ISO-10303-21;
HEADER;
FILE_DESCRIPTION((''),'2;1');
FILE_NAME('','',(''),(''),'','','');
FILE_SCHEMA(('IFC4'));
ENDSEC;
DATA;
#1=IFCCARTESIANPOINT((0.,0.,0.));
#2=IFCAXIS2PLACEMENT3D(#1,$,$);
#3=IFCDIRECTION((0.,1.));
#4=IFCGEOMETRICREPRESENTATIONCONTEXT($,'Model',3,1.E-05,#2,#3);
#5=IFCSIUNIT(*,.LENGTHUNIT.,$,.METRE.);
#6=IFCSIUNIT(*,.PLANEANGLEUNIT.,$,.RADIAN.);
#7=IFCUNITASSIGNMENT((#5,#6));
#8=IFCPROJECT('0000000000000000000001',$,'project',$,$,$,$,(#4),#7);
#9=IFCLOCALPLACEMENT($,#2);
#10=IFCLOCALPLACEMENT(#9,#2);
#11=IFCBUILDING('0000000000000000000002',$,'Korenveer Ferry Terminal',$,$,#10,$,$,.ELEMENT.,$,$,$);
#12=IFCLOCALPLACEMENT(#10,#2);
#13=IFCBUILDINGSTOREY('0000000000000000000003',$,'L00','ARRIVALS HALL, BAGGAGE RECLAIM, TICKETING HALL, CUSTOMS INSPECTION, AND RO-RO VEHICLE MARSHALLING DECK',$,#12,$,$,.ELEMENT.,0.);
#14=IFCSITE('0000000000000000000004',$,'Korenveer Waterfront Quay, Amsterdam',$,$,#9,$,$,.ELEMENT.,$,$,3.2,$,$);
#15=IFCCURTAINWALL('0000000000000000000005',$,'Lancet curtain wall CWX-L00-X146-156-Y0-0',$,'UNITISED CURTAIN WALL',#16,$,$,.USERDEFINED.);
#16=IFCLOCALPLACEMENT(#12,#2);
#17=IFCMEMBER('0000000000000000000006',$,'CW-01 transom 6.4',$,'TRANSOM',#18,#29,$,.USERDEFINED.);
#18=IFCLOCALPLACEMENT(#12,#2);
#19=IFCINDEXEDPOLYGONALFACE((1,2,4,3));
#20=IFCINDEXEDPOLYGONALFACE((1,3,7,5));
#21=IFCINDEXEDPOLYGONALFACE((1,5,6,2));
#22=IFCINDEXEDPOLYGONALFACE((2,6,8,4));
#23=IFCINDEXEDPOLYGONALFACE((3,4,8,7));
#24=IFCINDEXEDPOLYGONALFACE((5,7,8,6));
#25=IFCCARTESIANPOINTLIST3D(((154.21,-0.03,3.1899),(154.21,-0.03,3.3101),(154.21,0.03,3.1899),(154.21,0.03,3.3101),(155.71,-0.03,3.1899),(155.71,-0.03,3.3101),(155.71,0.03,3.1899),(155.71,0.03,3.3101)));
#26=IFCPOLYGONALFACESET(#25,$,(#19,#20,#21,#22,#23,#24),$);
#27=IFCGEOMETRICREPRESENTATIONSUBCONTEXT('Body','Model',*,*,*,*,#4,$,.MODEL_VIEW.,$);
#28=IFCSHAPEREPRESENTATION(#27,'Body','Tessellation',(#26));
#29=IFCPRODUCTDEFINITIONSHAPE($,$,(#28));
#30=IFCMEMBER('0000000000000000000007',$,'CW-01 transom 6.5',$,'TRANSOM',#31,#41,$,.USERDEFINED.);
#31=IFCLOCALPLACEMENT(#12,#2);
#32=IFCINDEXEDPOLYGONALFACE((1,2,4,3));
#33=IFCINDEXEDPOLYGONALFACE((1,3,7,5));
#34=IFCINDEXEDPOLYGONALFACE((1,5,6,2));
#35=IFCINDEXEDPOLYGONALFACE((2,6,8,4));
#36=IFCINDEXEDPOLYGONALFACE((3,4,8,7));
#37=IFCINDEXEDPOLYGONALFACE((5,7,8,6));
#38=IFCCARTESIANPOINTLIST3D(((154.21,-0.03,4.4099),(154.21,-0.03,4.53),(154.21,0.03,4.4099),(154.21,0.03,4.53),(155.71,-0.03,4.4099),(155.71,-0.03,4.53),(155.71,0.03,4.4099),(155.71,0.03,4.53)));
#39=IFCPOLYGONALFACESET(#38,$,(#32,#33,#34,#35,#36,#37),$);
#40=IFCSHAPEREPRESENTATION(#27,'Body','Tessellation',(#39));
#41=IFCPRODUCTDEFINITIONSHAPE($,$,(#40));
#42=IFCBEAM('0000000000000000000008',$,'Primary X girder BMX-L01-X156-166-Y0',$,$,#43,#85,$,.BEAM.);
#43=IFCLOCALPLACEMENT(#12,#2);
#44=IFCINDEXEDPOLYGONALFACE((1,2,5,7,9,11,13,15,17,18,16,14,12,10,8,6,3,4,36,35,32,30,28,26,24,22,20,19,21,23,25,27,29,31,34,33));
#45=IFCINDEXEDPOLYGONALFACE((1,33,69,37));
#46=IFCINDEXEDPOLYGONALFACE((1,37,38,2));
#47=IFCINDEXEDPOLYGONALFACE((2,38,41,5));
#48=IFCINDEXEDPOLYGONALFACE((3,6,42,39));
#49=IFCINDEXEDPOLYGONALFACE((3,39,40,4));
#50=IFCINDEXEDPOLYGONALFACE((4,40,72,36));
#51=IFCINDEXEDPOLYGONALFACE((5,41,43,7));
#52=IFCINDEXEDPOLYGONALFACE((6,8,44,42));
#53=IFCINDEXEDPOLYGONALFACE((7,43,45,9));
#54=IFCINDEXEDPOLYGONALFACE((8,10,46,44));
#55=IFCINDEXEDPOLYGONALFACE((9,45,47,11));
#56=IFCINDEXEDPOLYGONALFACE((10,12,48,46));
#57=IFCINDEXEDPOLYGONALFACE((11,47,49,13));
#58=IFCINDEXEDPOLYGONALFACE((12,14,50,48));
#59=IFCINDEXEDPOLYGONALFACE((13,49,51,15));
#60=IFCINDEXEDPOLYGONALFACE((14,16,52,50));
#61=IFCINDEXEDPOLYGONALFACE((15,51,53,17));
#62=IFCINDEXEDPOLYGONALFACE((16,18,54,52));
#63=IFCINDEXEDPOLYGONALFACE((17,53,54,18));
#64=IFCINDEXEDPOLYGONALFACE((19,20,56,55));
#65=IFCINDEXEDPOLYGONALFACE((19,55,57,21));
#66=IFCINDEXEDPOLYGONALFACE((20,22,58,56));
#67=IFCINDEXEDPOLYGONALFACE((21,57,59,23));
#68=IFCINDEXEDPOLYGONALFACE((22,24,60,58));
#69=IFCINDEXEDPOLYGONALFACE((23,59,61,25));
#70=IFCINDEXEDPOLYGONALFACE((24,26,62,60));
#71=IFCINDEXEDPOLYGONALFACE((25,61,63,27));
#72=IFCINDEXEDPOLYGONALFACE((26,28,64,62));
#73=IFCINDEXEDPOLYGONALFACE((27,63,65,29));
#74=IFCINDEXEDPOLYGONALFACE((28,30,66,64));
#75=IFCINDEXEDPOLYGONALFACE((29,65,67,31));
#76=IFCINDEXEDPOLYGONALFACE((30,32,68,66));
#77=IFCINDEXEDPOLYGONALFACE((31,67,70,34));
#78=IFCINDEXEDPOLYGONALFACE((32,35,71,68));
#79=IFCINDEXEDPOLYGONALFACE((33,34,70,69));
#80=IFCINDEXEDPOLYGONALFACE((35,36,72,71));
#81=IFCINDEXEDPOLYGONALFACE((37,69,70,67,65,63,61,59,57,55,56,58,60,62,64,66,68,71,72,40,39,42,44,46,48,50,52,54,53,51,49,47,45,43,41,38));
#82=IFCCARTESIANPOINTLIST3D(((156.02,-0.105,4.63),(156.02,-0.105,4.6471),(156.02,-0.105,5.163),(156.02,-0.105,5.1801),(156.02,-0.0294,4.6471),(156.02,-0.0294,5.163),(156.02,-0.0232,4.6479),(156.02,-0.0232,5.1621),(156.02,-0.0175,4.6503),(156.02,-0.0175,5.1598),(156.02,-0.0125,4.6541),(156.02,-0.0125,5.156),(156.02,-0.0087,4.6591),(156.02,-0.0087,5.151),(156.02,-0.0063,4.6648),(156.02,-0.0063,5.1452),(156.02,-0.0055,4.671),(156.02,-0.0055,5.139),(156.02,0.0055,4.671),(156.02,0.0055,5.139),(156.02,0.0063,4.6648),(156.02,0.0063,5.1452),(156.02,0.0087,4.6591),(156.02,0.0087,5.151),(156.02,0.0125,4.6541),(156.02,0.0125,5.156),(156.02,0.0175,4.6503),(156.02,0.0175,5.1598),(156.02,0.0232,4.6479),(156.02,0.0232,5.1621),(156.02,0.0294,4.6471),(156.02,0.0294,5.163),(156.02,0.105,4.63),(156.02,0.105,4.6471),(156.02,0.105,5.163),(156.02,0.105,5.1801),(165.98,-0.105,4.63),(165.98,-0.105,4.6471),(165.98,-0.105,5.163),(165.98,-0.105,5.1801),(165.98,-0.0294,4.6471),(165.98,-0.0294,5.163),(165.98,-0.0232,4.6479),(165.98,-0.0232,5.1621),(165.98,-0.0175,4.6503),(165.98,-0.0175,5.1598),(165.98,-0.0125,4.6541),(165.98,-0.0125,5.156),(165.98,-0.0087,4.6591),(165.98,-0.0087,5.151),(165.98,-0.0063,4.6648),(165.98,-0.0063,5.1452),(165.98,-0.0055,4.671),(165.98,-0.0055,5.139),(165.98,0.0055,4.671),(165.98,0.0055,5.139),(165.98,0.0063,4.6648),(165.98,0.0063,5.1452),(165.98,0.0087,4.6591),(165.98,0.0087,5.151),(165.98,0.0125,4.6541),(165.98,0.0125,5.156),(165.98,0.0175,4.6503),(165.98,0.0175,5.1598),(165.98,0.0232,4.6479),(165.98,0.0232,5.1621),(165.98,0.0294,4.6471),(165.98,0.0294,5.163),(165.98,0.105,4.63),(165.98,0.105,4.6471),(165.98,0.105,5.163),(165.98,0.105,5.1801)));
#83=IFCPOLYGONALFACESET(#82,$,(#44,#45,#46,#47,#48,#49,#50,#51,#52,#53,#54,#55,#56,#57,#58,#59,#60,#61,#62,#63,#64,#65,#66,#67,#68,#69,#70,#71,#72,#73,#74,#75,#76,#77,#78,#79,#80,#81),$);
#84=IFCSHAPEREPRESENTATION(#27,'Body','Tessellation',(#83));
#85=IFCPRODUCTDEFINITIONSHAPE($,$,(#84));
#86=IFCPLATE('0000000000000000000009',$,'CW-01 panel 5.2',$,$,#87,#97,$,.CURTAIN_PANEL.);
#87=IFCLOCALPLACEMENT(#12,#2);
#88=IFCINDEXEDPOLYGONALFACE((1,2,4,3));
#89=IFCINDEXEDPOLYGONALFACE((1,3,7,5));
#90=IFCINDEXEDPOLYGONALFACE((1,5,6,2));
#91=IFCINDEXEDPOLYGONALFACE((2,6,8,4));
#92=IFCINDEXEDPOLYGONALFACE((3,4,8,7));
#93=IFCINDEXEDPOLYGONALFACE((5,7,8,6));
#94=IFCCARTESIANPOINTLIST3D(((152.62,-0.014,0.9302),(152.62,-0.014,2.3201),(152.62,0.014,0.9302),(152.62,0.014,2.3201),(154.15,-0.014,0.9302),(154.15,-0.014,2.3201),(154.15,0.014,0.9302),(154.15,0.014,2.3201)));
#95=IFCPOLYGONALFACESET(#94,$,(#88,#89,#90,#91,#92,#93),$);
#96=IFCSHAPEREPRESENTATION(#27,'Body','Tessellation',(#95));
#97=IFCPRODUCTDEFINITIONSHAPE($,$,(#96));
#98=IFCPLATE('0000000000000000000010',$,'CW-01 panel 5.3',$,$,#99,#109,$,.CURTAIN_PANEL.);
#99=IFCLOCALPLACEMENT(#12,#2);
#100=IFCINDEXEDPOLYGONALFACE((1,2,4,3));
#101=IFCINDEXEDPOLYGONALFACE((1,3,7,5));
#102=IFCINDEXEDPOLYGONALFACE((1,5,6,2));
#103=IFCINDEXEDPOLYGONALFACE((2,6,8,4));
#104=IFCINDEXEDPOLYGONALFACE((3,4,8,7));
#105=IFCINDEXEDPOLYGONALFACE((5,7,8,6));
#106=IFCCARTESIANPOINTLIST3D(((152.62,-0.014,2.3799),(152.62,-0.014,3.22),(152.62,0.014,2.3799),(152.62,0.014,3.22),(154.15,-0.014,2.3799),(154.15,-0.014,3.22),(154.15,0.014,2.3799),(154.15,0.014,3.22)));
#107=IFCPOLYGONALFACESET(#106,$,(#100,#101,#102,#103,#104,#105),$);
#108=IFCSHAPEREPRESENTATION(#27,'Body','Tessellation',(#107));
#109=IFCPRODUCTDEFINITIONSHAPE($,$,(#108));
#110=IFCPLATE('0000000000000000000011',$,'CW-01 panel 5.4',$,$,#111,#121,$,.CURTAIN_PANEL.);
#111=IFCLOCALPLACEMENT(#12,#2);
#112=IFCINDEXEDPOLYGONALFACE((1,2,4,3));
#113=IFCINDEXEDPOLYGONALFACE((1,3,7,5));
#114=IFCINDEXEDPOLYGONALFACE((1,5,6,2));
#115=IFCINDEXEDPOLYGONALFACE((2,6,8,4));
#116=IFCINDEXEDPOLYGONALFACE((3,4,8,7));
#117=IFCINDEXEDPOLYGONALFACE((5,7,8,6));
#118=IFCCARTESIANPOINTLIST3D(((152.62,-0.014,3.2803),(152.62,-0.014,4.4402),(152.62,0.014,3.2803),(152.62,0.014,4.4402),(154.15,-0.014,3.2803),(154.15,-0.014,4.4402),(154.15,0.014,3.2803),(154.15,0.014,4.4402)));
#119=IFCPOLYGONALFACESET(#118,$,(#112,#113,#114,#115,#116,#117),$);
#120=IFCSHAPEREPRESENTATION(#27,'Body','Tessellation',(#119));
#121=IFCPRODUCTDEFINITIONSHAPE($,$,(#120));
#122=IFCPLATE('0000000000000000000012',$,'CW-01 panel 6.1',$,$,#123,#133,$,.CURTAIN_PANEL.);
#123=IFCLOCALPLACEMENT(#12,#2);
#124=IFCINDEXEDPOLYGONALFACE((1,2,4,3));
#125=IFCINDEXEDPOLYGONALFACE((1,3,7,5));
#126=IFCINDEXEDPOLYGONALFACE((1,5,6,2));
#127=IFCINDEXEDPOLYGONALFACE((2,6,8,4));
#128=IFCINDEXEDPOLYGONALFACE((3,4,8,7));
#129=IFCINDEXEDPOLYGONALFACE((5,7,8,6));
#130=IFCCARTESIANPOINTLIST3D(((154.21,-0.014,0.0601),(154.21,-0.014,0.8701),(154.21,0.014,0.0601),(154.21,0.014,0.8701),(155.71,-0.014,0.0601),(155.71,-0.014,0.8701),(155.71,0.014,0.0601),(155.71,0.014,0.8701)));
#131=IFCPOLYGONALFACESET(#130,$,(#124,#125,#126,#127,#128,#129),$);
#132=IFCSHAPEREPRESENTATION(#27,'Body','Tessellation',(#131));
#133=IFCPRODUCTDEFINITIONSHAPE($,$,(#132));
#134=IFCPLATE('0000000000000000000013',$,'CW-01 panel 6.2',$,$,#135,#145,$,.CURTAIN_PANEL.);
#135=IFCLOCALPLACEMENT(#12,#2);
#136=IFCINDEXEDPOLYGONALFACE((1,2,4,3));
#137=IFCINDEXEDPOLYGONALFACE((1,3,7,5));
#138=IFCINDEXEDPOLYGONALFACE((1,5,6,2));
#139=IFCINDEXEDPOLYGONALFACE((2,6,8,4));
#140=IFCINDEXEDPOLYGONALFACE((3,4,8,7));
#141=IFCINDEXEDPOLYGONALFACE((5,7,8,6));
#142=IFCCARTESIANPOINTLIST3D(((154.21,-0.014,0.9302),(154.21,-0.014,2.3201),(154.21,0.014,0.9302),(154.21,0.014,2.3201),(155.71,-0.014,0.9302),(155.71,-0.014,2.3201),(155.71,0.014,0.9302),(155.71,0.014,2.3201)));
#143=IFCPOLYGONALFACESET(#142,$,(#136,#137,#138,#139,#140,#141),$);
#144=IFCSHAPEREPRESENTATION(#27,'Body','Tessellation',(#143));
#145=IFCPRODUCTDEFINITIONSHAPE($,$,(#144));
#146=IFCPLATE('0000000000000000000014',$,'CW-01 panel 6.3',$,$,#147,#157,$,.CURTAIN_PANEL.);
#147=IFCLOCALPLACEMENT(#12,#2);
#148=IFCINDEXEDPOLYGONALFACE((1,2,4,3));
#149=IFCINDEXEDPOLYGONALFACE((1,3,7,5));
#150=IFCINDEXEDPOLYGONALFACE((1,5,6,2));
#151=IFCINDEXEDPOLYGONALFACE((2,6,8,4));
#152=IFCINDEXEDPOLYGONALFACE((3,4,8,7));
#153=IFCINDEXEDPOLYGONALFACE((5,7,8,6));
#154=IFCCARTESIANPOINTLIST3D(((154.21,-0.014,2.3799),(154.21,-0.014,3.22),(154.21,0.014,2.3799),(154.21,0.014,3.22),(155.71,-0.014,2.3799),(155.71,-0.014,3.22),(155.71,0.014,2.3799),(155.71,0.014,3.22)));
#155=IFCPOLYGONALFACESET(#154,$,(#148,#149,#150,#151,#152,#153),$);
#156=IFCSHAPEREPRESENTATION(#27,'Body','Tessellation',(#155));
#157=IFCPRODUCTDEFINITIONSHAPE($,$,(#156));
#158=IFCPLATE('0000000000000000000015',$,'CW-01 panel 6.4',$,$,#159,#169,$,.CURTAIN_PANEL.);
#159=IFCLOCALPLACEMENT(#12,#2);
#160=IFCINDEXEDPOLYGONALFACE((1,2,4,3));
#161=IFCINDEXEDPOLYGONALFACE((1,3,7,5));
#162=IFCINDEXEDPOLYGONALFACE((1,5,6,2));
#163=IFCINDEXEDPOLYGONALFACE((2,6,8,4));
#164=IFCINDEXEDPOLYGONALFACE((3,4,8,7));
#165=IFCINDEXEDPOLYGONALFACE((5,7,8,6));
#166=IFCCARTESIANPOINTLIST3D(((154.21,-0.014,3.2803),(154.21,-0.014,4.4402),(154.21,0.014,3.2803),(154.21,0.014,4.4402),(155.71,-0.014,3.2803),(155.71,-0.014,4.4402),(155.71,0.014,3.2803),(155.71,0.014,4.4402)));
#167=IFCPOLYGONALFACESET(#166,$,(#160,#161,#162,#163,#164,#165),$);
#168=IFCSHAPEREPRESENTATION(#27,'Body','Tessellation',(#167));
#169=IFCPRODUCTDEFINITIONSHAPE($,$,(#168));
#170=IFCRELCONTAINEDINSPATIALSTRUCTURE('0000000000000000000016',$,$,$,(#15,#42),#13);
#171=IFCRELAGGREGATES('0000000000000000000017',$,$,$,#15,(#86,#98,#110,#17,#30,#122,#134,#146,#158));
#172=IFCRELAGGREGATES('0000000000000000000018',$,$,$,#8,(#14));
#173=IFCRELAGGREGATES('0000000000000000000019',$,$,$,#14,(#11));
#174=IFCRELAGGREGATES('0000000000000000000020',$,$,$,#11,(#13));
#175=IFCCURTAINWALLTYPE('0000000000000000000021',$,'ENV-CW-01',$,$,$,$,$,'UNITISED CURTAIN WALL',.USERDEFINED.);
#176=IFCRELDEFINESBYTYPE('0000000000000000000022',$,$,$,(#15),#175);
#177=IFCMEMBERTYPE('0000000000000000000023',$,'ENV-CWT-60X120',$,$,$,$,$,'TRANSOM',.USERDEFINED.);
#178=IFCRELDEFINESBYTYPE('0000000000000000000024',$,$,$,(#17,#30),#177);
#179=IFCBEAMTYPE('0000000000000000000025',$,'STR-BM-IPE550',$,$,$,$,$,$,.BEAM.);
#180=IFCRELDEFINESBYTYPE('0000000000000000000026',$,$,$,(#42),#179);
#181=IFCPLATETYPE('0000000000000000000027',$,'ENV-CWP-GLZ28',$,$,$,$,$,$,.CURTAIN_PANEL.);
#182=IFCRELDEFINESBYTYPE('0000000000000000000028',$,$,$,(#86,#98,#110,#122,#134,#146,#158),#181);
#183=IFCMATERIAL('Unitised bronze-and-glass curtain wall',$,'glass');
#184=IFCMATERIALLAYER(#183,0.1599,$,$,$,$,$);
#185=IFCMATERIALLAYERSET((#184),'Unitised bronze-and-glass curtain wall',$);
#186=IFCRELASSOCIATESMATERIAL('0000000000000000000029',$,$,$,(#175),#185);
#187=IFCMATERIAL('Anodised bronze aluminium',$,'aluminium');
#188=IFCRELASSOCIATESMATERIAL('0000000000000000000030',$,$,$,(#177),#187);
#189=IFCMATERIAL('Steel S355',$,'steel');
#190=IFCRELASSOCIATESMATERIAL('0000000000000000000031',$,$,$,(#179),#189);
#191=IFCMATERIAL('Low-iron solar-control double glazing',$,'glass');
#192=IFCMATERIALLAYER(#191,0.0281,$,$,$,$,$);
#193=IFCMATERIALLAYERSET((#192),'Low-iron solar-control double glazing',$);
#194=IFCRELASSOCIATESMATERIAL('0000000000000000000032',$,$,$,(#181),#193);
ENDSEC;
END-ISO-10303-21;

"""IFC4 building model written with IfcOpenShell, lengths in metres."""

from ifc_helpers import new_model, si_unit, direction, frame, origin, origin_2d, place, context, subcontext, project, spatial, rectangle, i_section, extrude, material, layer, layer_set, material_profile, profile_set, type_object, element, aggregate, save


model = new_model("IFC4")

# Units and contexts
model_context = context("Model", 3, precision=1e-05, world=origin(), true_north=direction((0.0, 1.0)))
body_context = subcontext(model_context, "Body", "Model", "MODEL_VIEW")
ifc_project = project(units=[si_unit("LENGTHUNIT", "METRE"), si_unit("PLANEANGLEUNIT", "RADIAN")], contexts=[model_context])

# Site, building, storey
site_placement = place(None, origin())
site = spatial("IfcSite", under=ifc_project, at=site_placement, Name="Korenveer Waterfront Quay, Amsterdam", CompositionType="ELEMENT", RefElevation=3.2)
building_placement = place(site_placement, origin())
building = spatial("IfcBuilding", under=site, at=building_placement, Name="Korenveer Ferry Terminal", CompositionType="ELEMENT")
storey_placement = place(building_placement, origin())
storey = spatial("IfcBuildingStorey", under=building, at=storey_placement, Name="L00", Description="ARRIVALS HALL, BAGGAGE RECLAIM, TICKETING HALL, CUSTOMS INSPECTION, AND RO-RO VEHICLE MARSHALLING DECK", CompositionType="ELEMENT", Elevation=0.0)

# Curtain wall, members
ifc_material_1 = material(Name="Unitised bronze-and-glass curtain wall", Category="glass")
ifc_layer_1 = layer(ifc_material_1, 0.1599)
ifc_layer_set_1 = layer_set([ifc_layer_1], Name="Unitised bronze-and-glass curtain wall")
curtain_wall_type = type_object("IfcCurtainWallType", Name="ENV-CW-01", ElementType="UNITISED CURTAIN WALL", PredefinedType="USERDEFINED", material=ifc_layer_set_1)
curtain_wall_placement = place(storey_placement, frame((146.23, 0.0, 0.0)))
curtain_wall = element("IfcCurtainWall", 1, at=curtain_wall_placement, inside=storey, type_object=curtain_wall_type, Name="Lancet curtain wall CWX-L00-X146-156-Y0-0", ObjectType="UNITISED CURTAIN WALL", PredefinedType="USERDEFINED")
ifc_material_2 = material(Name="Anodised bronze aluminium", Category="aluminium")
ifc_material_profile_1 = material_profile(ifc_material_2, rectangle(XDim=0.0601, YDim=0.1201, at=origin_2d()), Name="ALU 60x120")
ifc_profile_set_1 = profile_set([ifc_material_profile_1], Name="Anodised bronze aluminium")
member_type_1 = type_object("IfcMemberType", Name="ENV-CWT-60X120", ElementType="TRANSOM", PredefinedType="USERDEFINED", material=ifc_profile_set_1)
member_1_placement = place(storey_placement, frame((154.21, 0.0, 3.25), z_axis=(1.0, 0.0, 0.0), x_axis=(0.0, 1.0, 0.0)))
member_1 = element("IfcMember", 2, at=member_1_placement, type_object=member_type_1, Name="CW-01 transom 6.4", ObjectType="TRANSOM", PredefinedType="USERDEFINED", context=body_context, shape_type="SweptSolid", body=[
    extrude(rectangle(XDim=0.0601, YDim=0.1201, at=origin_2d()), origin(), (0.0, 0.0, 1.0), 1.5),
])
member_2_placement = place(storey_placement, frame((154.21, 0.0, 4.47), z_axis=(1.0, 0.0, 0.0), x_axis=(0.0, 1.0, 0.0)))
member_2 = element("IfcMember", 3, at=member_2_placement, type_object=member_type_1, Name="CW-01 transom 6.5", ObjectType="TRANSOM", PredefinedType="USERDEFINED", context=body_context, shape_type="SweptSolid", body=[
    extrude(rectangle(XDim=0.0601, YDim=0.1201, at=origin_2d()), origin(), (0.0, 0.0, 1.0), 1.5),
])

# Beam
ifc_material_3 = material(Name="Steel S355", Category="steel")
ifc_material_profile_2 = material_profile(ifc_material_3, i_section(OverallWidth=0.21, OverallDepth=0.55, WebThickness=0.011, FlangeThickness=0.0171, FilletRadius=0.0239, at=origin_2d()), Name="IPE 550")
ifc_profile_set_2 = profile_set([ifc_material_profile_2], Name="Steel S355")
beam_type = type_object("IfcBeamType", Name="STR-BM-IPE550", PredefinedType="BEAM", material=ifc_profile_set_2)
beam_placement = place(storey_placement, frame((156.02, 0.0, 4.905), z_axis=(1.0, 0.0, 0.0), x_axis=(0.0, 1.0, 0.0)))
element("IfcBeam", 4, at=beam_placement, inside=storey, type_object=beam_type, Name="Primary X girder BMX-L01-X156-166-Y0", PredefinedType="BEAM", context=body_context, shape_type="SweptSolid", body=[
    extrude(i_section(OverallWidth=0.21, OverallDepth=0.55, WebThickness=0.011, FlangeThickness=0.0171, FilletRadius=0.0239, at=origin_2d()), origin(), (0.0, 0.0, 1.0), 9.96),
])

# Plates
ifc_material_4 = material(Name="Low-iron solar-control double glazing", Category="glass")
ifc_layer_2 = layer(ifc_material_4, 0.0281)
ifc_layer_set_2 = layer_set([ifc_layer_2], Name="Low-iron solar-control double glazing")
plate_type = type_object("IfcPlateType", Name="ENV-CWP-GLZ28", PredefinedType="CURTAIN_PANEL", material=ifc_layer_set_2)
plate_1_placement = place(storey_placement, frame((153.385, 0.0, 0.9302), z_axis=(0.0, 0.0, 1.0), x_axis=(1.0, 0.0, 0.0)))
plate_1 = element("IfcPlate", 5, at=plate_1_placement, type_object=plate_type, Name="CW-01 panel 5.2", PredefinedType="CURTAIN_PANEL", context=body_context, shape_type="SweptSolid", body=[
    extrude(rectangle(XDim=1.53, YDim=0.0281, at=origin_2d()), origin(), (0.0, 0.0, 1.0), 1.3899),
])
plate_2_placement = place(storey_placement, frame((153.385, 0.0, 2.3799), z_axis=(0.0, 0.0, 1.0), x_axis=(1.0, 0.0, 0.0)))
plate_2 = element("IfcPlate", 6, at=plate_2_placement, type_object=plate_type, Name="CW-01 panel 5.3", PredefinedType="CURTAIN_PANEL", context=body_context, shape_type="SweptSolid", body=[
    extrude(rectangle(XDim=1.53, YDim=0.0281, at=origin_2d()), origin(), (0.0, 0.0, 1.0), 0.8401),
])
plate_3_placement = place(storey_placement, frame((153.385, 0.0, 3.2803), z_axis=(0.0, 0.0, 1.0), x_axis=(1.0, 0.0, 0.0)))
plate_3 = element("IfcPlate", 7, at=plate_3_placement, type_object=plate_type, Name="CW-01 panel 5.4", PredefinedType="CURTAIN_PANEL", context=body_context, shape_type="SweptSolid", body=[
    extrude(rectangle(XDim=1.53, YDim=0.0281, at=origin_2d()), origin(), (0.0, 0.0, 1.0), 1.1599),
])
plate_4_placement = place(storey_placement, frame((154.96, 0.0, 0.0601), z_axis=(0.0, 0.0, 1.0), x_axis=(1.0, 0.0, 0.0)))
plate_4 = element("IfcPlate", 8, at=plate_4_placement, type_object=plate_type, Name="CW-01 panel 6.1", PredefinedType="CURTAIN_PANEL", context=body_context, shape_type="SweptSolid", body=[
    extrude(rectangle(XDim=1.5, YDim=0.0281, at=origin_2d()), origin(), (0.0, 0.0, 1.0), 0.8101),
])
plate_5_placement = place(storey_placement, frame((154.96, 0.0, 0.9302), z_axis=(0.0, 0.0, 1.0), x_axis=(1.0, 0.0, 0.0)))
plate_5 = element("IfcPlate", 9, at=plate_5_placement, type_object=plate_type, Name="CW-01 panel 6.2", PredefinedType="CURTAIN_PANEL", context=body_context, shape_type="SweptSolid", body=[
    extrude(rectangle(XDim=1.5, YDim=0.0281, at=origin_2d()), origin(), (0.0, 0.0, 1.0), 1.3899),
])
plate_6_placement = place(storey_placement, frame((154.96, 0.0, 2.3799), z_axis=(0.0, 0.0, 1.0), x_axis=(1.0, 0.0, 0.0)))
plate_6 = element("IfcPlate", 10, at=plate_6_placement, type_object=plate_type, Name="CW-01 panel 6.3", PredefinedType="CURTAIN_PANEL", context=body_context, shape_type="SweptSolid", body=[
    extrude(rectangle(XDim=1.5, YDim=0.0281, at=origin_2d()), origin(), (0.0, 0.0, 1.0), 0.8401),
])
plate_7_placement = place(storey_placement, frame((154.96, 0.0, 3.2803), z_axis=(0.0, 0.0, 1.0), x_axis=(1.0, 0.0, 0.0)))
plate_7 = element("IfcPlate", 11, at=plate_7_placement, type_object=plate_type, Name="CW-01 panel 6.4", PredefinedType="CURTAIN_PANEL", context=body_context, shape_type="SweptSolid", body=[
    extrude(rectangle(XDim=1.5, YDim=0.0281, at=origin_2d()), origin(), (0.0, 0.0, 1.0), 1.1599),
])
aggregate(curtain_wall, [plate_1, plate_2, plate_3, member_1, member_2, plate_4, plate_5, plate_6, plate_7])

save(model, "model.ifc")
